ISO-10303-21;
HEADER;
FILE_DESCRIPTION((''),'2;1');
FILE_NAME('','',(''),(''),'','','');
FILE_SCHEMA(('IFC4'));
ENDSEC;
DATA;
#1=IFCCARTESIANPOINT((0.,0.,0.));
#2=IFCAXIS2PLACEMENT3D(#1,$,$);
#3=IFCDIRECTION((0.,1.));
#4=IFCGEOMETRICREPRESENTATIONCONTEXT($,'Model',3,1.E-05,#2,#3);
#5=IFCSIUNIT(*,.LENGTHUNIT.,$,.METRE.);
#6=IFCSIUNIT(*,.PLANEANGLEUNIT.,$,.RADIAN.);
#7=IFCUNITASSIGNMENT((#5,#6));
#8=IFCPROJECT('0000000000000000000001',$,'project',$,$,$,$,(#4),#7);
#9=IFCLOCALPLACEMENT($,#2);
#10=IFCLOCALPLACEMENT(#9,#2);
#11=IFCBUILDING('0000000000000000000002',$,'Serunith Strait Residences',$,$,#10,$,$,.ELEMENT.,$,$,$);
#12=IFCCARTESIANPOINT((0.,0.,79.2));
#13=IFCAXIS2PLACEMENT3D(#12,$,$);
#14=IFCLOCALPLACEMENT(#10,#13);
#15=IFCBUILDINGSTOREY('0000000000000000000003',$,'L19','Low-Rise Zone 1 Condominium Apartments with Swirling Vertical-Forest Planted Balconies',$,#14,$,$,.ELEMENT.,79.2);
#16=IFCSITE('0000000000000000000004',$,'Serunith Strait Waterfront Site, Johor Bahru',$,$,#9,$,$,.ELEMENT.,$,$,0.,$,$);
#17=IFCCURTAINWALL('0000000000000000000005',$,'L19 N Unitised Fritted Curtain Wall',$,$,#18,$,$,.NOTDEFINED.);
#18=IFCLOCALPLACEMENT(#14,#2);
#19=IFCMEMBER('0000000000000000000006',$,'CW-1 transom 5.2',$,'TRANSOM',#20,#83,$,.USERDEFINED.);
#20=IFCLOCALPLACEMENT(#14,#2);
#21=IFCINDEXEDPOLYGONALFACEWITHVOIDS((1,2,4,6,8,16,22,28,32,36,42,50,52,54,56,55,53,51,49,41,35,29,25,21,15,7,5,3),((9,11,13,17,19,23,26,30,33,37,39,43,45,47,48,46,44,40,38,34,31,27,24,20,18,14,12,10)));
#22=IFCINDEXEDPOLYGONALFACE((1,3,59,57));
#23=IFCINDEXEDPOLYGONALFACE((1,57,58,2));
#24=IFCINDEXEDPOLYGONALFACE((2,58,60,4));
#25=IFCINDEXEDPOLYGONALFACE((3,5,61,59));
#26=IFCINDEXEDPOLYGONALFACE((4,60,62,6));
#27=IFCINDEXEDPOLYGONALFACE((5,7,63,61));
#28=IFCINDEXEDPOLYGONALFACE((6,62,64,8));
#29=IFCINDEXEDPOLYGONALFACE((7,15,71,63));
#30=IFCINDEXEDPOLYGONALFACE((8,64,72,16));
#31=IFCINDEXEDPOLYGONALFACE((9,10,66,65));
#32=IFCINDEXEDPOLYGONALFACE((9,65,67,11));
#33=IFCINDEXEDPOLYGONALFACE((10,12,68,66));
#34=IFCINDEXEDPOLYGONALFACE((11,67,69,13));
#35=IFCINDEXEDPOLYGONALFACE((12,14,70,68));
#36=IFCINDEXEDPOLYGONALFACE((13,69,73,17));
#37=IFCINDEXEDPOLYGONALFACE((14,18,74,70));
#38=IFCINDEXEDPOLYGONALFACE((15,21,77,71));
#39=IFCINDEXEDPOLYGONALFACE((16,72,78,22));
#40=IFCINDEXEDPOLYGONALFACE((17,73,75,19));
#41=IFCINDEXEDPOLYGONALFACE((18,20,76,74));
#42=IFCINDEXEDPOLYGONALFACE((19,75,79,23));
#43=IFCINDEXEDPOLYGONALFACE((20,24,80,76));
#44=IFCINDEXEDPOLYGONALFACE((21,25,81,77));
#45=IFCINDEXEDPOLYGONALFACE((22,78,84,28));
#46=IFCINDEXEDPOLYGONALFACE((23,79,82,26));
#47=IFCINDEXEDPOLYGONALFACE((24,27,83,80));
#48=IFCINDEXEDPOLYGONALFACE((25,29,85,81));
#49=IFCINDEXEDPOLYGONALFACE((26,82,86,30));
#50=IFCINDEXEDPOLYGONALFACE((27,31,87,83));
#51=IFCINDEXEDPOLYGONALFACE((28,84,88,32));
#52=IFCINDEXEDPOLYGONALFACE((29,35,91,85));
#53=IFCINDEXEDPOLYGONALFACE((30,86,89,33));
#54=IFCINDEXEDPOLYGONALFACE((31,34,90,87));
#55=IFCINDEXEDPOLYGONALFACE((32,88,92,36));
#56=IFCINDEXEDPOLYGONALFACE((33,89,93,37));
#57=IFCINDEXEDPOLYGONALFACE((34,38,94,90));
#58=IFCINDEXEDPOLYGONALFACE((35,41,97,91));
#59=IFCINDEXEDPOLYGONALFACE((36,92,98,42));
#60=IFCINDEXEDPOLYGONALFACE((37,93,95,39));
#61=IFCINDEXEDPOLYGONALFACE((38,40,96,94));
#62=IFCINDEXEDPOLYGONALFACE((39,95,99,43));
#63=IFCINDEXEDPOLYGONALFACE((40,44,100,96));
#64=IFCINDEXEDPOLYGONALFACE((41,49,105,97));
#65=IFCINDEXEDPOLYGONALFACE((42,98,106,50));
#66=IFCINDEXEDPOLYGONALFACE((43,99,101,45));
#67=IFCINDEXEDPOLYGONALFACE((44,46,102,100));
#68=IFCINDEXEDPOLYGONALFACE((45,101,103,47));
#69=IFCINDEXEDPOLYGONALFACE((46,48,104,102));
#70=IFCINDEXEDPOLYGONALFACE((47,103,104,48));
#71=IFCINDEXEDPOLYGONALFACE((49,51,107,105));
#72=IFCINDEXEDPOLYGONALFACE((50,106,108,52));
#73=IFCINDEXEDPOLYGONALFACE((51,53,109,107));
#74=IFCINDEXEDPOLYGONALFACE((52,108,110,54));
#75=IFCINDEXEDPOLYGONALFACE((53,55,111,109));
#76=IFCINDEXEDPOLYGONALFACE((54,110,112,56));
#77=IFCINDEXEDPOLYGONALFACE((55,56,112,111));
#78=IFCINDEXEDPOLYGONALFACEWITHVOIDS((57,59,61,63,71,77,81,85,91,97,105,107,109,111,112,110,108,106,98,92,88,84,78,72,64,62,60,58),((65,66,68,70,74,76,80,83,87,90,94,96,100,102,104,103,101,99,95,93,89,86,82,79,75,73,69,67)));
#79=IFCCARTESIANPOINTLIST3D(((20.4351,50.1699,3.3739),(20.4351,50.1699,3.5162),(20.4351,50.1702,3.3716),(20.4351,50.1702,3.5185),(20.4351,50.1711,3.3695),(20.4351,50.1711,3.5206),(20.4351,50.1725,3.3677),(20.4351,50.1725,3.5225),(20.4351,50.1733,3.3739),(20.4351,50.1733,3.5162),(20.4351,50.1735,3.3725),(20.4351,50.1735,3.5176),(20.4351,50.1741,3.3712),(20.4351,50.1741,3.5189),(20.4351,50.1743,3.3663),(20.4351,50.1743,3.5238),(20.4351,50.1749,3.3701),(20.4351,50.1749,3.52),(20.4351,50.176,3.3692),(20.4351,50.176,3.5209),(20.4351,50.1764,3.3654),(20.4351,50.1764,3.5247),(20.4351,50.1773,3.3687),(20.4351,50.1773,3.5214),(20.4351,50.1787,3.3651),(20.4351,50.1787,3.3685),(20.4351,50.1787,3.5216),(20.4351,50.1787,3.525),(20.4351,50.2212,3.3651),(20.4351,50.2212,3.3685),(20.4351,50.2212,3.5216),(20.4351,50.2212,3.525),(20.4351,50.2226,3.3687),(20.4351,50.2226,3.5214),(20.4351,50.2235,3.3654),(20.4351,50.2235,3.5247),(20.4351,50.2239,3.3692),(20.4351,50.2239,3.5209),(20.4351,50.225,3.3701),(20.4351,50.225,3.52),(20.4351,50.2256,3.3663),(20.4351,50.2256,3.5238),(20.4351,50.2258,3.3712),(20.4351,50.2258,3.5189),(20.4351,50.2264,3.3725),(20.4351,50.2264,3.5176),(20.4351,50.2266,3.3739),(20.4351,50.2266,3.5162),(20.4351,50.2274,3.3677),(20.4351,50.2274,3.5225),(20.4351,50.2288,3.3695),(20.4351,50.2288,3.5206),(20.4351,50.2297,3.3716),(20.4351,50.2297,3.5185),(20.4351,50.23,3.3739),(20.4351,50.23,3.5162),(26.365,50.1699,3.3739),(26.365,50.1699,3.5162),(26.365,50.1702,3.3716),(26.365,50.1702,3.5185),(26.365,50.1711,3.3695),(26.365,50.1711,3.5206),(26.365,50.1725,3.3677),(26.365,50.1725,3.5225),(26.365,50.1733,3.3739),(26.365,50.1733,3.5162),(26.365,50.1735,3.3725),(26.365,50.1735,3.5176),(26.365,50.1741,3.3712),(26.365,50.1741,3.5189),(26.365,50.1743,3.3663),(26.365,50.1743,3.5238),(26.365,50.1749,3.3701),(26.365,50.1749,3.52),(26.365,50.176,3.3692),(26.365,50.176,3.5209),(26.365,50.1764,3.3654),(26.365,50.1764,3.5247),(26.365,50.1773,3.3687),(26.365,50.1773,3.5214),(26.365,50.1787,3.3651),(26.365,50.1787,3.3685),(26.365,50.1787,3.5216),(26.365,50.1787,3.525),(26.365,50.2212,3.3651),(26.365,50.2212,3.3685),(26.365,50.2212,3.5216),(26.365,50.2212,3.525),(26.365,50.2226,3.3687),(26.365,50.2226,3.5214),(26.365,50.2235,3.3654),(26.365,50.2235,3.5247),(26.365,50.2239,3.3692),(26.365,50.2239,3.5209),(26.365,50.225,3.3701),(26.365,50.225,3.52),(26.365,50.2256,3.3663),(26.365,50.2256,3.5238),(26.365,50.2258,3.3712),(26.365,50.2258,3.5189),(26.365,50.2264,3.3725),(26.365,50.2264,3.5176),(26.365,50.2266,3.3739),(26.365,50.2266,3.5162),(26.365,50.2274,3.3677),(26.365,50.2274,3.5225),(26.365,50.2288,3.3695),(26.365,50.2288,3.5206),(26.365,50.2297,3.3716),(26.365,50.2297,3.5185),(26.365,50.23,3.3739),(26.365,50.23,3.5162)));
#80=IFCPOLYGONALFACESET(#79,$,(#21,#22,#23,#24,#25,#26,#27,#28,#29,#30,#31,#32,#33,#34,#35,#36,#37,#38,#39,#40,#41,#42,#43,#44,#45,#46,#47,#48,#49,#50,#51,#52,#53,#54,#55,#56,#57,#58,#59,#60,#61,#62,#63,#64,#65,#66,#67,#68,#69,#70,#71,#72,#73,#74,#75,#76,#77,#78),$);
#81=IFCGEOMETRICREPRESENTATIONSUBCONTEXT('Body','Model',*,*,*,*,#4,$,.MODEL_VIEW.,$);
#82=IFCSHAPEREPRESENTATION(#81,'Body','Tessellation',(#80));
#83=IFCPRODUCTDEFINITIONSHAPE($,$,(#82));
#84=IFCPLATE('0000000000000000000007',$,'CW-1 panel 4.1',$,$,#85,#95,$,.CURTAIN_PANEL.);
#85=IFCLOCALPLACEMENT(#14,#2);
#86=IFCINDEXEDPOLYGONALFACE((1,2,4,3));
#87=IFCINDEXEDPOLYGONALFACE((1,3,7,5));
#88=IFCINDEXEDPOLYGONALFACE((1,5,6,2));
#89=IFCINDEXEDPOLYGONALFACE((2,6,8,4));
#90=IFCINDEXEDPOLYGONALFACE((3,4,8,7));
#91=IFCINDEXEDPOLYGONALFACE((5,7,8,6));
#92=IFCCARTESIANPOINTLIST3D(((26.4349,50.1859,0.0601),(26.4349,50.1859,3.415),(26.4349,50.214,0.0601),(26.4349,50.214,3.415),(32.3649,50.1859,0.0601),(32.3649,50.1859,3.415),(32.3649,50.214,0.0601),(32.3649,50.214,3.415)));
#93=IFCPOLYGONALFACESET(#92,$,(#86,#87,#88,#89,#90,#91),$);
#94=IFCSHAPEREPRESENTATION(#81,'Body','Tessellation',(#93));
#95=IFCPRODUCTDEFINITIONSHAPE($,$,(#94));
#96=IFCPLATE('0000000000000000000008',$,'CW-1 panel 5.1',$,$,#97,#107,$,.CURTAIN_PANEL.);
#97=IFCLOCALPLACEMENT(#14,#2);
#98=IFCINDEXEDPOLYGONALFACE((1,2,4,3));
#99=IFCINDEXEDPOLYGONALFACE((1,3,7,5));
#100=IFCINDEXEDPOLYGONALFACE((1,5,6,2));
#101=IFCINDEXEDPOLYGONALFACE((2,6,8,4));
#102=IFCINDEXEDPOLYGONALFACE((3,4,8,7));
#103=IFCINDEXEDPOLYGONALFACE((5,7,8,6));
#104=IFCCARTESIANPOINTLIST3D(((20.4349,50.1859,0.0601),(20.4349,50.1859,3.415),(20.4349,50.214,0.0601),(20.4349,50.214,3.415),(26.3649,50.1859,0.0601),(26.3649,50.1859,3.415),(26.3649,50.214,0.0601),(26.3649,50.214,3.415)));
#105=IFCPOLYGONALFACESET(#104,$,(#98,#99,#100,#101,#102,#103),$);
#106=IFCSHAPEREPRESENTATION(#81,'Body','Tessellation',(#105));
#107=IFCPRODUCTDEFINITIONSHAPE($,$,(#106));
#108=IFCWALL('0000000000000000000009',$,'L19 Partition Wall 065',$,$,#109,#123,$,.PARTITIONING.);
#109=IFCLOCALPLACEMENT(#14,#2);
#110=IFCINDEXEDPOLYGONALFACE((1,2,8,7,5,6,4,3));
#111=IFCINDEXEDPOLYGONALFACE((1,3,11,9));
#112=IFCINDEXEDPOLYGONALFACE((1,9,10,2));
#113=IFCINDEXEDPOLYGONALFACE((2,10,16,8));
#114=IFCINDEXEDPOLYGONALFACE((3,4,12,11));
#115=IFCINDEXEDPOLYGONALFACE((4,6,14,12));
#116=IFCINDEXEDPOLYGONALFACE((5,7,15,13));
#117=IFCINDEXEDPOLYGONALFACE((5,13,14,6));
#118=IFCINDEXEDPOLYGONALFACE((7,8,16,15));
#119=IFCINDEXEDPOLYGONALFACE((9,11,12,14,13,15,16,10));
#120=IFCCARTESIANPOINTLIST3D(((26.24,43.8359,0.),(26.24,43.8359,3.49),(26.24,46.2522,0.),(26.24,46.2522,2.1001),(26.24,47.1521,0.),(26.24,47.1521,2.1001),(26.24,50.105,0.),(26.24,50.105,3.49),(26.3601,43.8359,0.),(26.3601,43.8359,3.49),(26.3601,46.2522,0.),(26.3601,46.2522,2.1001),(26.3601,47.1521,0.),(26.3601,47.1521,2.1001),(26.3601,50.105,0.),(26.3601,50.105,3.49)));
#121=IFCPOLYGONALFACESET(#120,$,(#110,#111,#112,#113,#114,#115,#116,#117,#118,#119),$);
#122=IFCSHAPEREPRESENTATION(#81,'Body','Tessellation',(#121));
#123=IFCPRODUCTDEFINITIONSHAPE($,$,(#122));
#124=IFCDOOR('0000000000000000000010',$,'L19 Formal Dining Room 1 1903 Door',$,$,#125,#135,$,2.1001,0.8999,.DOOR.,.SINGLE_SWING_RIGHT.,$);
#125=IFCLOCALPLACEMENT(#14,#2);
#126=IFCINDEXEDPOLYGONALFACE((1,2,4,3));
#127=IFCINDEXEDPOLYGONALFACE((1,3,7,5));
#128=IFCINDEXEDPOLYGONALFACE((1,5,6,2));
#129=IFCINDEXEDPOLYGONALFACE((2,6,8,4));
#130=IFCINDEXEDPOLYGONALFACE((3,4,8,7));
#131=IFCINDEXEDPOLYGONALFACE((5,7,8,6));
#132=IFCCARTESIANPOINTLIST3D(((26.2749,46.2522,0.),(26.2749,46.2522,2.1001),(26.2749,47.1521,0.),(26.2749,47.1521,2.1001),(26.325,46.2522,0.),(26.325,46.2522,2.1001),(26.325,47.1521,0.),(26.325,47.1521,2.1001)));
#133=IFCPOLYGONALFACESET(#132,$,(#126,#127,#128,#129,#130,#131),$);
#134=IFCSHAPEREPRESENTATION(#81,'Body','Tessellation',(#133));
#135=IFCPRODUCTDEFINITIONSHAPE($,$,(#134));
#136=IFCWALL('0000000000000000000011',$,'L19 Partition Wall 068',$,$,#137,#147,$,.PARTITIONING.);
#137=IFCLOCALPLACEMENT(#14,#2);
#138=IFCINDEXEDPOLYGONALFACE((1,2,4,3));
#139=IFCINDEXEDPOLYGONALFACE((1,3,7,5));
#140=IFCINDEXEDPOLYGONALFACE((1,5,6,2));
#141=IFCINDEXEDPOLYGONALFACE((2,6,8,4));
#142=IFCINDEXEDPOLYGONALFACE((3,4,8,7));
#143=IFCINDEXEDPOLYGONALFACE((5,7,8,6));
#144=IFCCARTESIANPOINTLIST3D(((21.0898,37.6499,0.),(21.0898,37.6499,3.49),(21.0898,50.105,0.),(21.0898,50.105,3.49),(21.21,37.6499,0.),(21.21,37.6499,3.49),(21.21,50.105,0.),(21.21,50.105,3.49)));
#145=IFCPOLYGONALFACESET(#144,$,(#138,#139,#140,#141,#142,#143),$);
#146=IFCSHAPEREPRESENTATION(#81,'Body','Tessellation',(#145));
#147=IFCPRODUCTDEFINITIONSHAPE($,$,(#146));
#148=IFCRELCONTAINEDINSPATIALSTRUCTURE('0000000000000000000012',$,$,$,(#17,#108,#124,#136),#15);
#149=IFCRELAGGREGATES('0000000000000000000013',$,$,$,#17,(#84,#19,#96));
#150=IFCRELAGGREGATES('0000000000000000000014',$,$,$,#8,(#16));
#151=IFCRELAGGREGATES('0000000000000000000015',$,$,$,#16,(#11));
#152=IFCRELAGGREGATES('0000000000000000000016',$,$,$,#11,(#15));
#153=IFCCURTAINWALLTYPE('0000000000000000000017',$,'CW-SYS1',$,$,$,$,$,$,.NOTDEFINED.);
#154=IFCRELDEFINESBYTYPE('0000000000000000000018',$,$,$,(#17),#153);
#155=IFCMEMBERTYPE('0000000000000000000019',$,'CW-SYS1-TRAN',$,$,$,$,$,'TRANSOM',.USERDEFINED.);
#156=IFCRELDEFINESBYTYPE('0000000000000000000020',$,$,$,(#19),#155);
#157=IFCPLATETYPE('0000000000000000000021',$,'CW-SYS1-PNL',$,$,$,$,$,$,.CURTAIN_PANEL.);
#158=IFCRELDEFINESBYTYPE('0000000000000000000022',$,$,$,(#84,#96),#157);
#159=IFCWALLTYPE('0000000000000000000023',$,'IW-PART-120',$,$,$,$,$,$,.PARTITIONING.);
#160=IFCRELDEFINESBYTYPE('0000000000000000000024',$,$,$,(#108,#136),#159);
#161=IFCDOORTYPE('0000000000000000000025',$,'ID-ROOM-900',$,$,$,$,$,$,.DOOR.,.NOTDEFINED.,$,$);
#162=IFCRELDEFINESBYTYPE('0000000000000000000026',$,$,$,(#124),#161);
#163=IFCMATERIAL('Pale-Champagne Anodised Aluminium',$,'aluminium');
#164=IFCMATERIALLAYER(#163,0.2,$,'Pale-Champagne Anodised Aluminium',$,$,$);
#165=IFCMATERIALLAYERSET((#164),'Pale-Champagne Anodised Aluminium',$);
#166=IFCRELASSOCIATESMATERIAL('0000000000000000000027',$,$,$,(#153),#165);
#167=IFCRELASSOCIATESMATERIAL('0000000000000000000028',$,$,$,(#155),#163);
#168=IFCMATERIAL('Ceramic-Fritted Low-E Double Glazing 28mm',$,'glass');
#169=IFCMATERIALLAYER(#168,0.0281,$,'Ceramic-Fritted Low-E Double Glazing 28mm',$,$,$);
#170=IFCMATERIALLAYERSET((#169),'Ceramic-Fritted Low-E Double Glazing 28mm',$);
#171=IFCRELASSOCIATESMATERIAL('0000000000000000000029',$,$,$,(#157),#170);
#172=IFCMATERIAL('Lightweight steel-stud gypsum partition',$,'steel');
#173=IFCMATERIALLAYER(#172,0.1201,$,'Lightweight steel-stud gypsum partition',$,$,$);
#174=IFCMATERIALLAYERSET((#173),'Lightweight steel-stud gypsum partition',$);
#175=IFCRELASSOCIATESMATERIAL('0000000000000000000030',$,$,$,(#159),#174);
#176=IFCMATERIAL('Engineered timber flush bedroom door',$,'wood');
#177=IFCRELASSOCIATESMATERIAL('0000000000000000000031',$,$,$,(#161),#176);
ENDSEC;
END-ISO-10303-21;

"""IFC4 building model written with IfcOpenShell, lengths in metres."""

from ifc_helpers import new_model, si_unit, direction, frame, frame_2d, origin, origin_2d, place, context, subcontext, project, spatial, rectangle, hollow_rectangle, extrude, source, transform, mapped, material, layer, layer_set, material_profile, profile_set, type_object, element, fill, aggregate, save


model = new_model("IFC4")

# Units and contexts
model_context = context("Model", 3, precision=1e-05, world=origin(), true_north=direction((0.0, 1.0)))
body_context = subcontext(model_context, "Body", "Model", "MODEL_VIEW")
ifc_project = project(units=[si_unit("LENGTHUNIT", "METRE"), si_unit("PLANEANGLEUNIT", "RADIAN")], contexts=[model_context])

# Site, building, storey
site_placement = place(None, origin())
site = spatial("IfcSite", under=ifc_project, at=site_placement, Name="Serunith Strait Waterfront Site, Johor Bahru", CompositionType="ELEMENT", RefElevation=0.0)
building_placement = place(site_placement, origin())
building = spatial("IfcBuilding", under=site, at=building_placement, Name="Serunith Strait Residences", CompositionType="ELEMENT")
storey_placement = place(building_placement, frame((0.0, 0.0, 79.2)))
storey = spatial("IfcBuildingStorey", under=building, at=storey_placement, Name="L19", Description="Low-Rise Zone 1 Condominium Apartments with Swirling Vertical-Forest Planted Balconies", CompositionType="ELEMENT", Elevation=79.2)

# Curtain wall, member, plates
ifc_material_1 = material(Name="Pale-Champagne Anodised Aluminium", Category="aluminium")
ifc_layer_1 = layer(ifc_material_1, 0.2, Name="Pale-Champagne Anodised Aluminium")
ifc_layer_set_1 = layer_set([ifc_layer_1], Name="Pale-Champagne Anodised Aluminium")
curtain_wall_type = type_object("IfcCurtainWallType", Name="CW-SYS1", PredefinedType="NOTDEFINED", material=ifc_layer_set_1)
curtain_wall_placement = place(storey_placement, origin())
curtain_wall = element("IfcCurtainWall", 1, at=curtain_wall_placement, inside=storey, type_object=curtain_wall_type, Name="L19 N Unitised Fritted Curtain Wall", PredefinedType="NOTDEFINED")
ifc_material_profile_1 = material_profile(ifc_material_1, hollow_rectangle(XDim=0.0601, YDim=0.1599, WallThickness=0.0034, InnerFilletRadius=0.0054, OuterFilletRadius=0.0088, at=origin_2d()), Name="ALU 160x60x3.5")
ifc_profile_set_1 = profile_set([ifc_material_profile_1], Name="Pale-Champagne Anodised Aluminium")
member_type_1 = type_object("IfcMemberType", Name="CW-SYS1-TRAN", ElementType="TRANSOM", PredefinedType="USERDEFINED", material=ifc_profile_set_1)
shared_shape_1 = source(origin(), body_context, "Body", "SweptSolid", [
    extrude(hollow_rectangle(XDim=0.0601, YDim=0.1599, WallThickness=0.0034, InnerFilletRadius=0.0054, OuterFilletRadius=0.0088, at=origin_2d()), origin(), (0.0, 0.0, 1.0), 5.9299),
])
member_1_placement = place(storey_placement, frame((26.365, 50.2, 3.4451), z_axis=(-1.0, 0.0, 0.0), x_axis=(0.0, -1.0, 0.0)))
member_1 = element("IfcMember", 2, at=member_1_placement, type_object=member_type_1, Name="CW-1 transom 5.2", ObjectType="TRANSOM", PredefinedType="USERDEFINED", context=body_context, shape_type="MappedRepresentation", body=[
    mapped(shared_shape_1, transform((0.0, 0.0, 0.0), scale=1.0)),
])
ifc_material_2 = material(Name="Ceramic-Fritted Low-E Double Glazing 28mm", Category="glass")
ifc_layer_2 = layer(ifc_material_2, 0.0281, Name="Ceramic-Fritted Low-E Double Glazing 28mm")
ifc_layer_set_2 = layer_set([ifc_layer_2], Name="Ceramic-Fritted Low-E Double Glazing 28mm")
plate_type = type_object("IfcPlateType", Name="CW-SYS1-PNL", PredefinedType="CURTAIN_PANEL", material=ifc_layer_set_2)
shared_shape_2 = source(origin(), body_context, "Body", "SweptSolid", [
    extrude(rectangle(XDim=5.9299, YDim=0.0281, at=origin_2d()), origin(), (0.0, 0.0, 1.0), 3.355),
])
plate_1_placement = place(storey_placement, frame((29.3999, 50.2, 0.0601), z_axis=(0.0, 0.0, 1.0), x_axis=(-1.0, 0.0, 0.0)))
plate_1 = element("IfcPlate", 3, at=plate_1_placement, type_object=plate_type, Name="CW-1 panel 4.1", PredefinedType="CURTAIN_PANEL", context=body_context, shape_type="MappedRepresentation", body=[
    mapped(shared_shape_2, transform((0.0, 0.0, 0.0), scale=1.0)),
])
plate_2_placement = place(storey_placement, frame((23.3999, 50.2, 0.0601), z_axis=(0.0, 0.0, 1.0), x_axis=(-1.0, 0.0, 0.0)))
plate_2 = element("IfcPlate", 4, at=plate_2_placement, type_object=plate_type, Name="CW-1 panel 5.1", PredefinedType="CURTAIN_PANEL", context=body_context, shape_type="MappedRepresentation", body=[
    mapped(shared_shape_2, transform((0.0, 0.0, 0.0), scale=1.0)),
])
aggregate(curtain_wall, [plate_1, member_1, plate_2])

# Wall, opening, door
ifc_material_3 = material(Name="Lightweight steel-stud gypsum partition", Category="steel")
ifc_layer_3 = layer(ifc_material_3, 0.1201, Name="Lightweight steel-stud gypsum partition")
ifc_layer_set_3 = layer_set([ifc_layer_3], Name="Lightweight steel-stud gypsum partition")
wall_type = type_object("IfcWallType", Name="IW-PART-120", PredefinedType="PARTITIONING", material=ifc_layer_set_3)
wall_1_placement = place(storey_placement, frame((26.3, 50.105, 0.0), z_axis=(0.0, 0.0, 1.0), x_axis=(0.0, -1.0, 0.0)))
wall_1 = element("IfcWall", 5, at=wall_1_placement, inside=storey, type_object=wall_type, Name="L19 Partition Wall 065", PredefinedType="PARTITIONING", context=body_context, shape_type="SweptSolid", body=[
    extrude(rectangle(XDim=6.269, YDim=0.1201, at=frame_2d((3.1345, 0.0))), origin(), (0.0, 0.0, 1.0), 3.49),
])
opening_placement = place(wall_1_placement, frame((2.9529, 0.0, 0.0)))
opening = element("IfcOpeningElement", 6, at=opening_placement, cuts=wall_1, PredefinedType="OPENING", context=body_context, shape_type="SweptSolid", body=[
    extrude(rectangle(XDim=0.8999, YDim=2.1001, at=frame_2d((0.45, 1.05))), frame((0.0, 0.0701, 0.0), z_axis=(0.0, -1.0, 0.0), x_axis=(1.0, 0.0, 0.0)), (0.0, 0.0, 1.0), 0.1401),
])
ifc_material_4 = material(Name="Engineered timber flush bedroom door", Category="wood")
door_type = type_object("IfcDoorType", Name="ID-ROOM-900", OperationType="NOTDEFINED", PredefinedType="DOOR", material=ifc_material_4)
shared_shape_3 = source(origin(), body_context, "Body", "SweptSolid", [
    extrude(rectangle(XDim=0.8999, YDim=2.1001, at=frame_2d((0.45, 1.05))), frame((0.0, 0.0249, 0.0), z_axis=(0.0, -1.0, 0.0), x_axis=(1.0, 0.0, 0.0)), (0.0, 0.0, 1.0), 0.05),
])
door_placement = place(opening_placement, origin())
door = element("IfcDoor", 7, at=door_placement, inside=storey, type_object=door_type, Name="L19 Formal Dining Room 1 1903 Door", OperationType="SINGLE_SWING_RIGHT", OverallHeight=2.1001, OverallWidth=0.8999, PredefinedType="DOOR", context=body_context, shape_type="MappedRepresentation", body=[
    mapped(shared_shape_3, transform((0.0, 0.0, 0.0), scale=1.0)),
])
fill(opening, door)

# Wall
wall_2_placement = place(storey_placement, frame((21.1499, 50.105, 0.0), z_axis=(0.0, 0.0, 1.0), x_axis=(0.0, -1.0, 0.0)))
element("IfcWall", 8, at=wall_2_placement, inside=storey, type_object=wall_type, Name="L19 Partition Wall 068", PredefinedType="PARTITIONING", context=body_context, shape_type="SweptSolid", body=[
    extrude(rectangle(XDim=12.4551, YDim=0.1201, at=frame_2d((6.2275, 0.0))), origin(), (0.0, 0.0, 1.0), 3.49),
])

save(model, "model.ifc")
